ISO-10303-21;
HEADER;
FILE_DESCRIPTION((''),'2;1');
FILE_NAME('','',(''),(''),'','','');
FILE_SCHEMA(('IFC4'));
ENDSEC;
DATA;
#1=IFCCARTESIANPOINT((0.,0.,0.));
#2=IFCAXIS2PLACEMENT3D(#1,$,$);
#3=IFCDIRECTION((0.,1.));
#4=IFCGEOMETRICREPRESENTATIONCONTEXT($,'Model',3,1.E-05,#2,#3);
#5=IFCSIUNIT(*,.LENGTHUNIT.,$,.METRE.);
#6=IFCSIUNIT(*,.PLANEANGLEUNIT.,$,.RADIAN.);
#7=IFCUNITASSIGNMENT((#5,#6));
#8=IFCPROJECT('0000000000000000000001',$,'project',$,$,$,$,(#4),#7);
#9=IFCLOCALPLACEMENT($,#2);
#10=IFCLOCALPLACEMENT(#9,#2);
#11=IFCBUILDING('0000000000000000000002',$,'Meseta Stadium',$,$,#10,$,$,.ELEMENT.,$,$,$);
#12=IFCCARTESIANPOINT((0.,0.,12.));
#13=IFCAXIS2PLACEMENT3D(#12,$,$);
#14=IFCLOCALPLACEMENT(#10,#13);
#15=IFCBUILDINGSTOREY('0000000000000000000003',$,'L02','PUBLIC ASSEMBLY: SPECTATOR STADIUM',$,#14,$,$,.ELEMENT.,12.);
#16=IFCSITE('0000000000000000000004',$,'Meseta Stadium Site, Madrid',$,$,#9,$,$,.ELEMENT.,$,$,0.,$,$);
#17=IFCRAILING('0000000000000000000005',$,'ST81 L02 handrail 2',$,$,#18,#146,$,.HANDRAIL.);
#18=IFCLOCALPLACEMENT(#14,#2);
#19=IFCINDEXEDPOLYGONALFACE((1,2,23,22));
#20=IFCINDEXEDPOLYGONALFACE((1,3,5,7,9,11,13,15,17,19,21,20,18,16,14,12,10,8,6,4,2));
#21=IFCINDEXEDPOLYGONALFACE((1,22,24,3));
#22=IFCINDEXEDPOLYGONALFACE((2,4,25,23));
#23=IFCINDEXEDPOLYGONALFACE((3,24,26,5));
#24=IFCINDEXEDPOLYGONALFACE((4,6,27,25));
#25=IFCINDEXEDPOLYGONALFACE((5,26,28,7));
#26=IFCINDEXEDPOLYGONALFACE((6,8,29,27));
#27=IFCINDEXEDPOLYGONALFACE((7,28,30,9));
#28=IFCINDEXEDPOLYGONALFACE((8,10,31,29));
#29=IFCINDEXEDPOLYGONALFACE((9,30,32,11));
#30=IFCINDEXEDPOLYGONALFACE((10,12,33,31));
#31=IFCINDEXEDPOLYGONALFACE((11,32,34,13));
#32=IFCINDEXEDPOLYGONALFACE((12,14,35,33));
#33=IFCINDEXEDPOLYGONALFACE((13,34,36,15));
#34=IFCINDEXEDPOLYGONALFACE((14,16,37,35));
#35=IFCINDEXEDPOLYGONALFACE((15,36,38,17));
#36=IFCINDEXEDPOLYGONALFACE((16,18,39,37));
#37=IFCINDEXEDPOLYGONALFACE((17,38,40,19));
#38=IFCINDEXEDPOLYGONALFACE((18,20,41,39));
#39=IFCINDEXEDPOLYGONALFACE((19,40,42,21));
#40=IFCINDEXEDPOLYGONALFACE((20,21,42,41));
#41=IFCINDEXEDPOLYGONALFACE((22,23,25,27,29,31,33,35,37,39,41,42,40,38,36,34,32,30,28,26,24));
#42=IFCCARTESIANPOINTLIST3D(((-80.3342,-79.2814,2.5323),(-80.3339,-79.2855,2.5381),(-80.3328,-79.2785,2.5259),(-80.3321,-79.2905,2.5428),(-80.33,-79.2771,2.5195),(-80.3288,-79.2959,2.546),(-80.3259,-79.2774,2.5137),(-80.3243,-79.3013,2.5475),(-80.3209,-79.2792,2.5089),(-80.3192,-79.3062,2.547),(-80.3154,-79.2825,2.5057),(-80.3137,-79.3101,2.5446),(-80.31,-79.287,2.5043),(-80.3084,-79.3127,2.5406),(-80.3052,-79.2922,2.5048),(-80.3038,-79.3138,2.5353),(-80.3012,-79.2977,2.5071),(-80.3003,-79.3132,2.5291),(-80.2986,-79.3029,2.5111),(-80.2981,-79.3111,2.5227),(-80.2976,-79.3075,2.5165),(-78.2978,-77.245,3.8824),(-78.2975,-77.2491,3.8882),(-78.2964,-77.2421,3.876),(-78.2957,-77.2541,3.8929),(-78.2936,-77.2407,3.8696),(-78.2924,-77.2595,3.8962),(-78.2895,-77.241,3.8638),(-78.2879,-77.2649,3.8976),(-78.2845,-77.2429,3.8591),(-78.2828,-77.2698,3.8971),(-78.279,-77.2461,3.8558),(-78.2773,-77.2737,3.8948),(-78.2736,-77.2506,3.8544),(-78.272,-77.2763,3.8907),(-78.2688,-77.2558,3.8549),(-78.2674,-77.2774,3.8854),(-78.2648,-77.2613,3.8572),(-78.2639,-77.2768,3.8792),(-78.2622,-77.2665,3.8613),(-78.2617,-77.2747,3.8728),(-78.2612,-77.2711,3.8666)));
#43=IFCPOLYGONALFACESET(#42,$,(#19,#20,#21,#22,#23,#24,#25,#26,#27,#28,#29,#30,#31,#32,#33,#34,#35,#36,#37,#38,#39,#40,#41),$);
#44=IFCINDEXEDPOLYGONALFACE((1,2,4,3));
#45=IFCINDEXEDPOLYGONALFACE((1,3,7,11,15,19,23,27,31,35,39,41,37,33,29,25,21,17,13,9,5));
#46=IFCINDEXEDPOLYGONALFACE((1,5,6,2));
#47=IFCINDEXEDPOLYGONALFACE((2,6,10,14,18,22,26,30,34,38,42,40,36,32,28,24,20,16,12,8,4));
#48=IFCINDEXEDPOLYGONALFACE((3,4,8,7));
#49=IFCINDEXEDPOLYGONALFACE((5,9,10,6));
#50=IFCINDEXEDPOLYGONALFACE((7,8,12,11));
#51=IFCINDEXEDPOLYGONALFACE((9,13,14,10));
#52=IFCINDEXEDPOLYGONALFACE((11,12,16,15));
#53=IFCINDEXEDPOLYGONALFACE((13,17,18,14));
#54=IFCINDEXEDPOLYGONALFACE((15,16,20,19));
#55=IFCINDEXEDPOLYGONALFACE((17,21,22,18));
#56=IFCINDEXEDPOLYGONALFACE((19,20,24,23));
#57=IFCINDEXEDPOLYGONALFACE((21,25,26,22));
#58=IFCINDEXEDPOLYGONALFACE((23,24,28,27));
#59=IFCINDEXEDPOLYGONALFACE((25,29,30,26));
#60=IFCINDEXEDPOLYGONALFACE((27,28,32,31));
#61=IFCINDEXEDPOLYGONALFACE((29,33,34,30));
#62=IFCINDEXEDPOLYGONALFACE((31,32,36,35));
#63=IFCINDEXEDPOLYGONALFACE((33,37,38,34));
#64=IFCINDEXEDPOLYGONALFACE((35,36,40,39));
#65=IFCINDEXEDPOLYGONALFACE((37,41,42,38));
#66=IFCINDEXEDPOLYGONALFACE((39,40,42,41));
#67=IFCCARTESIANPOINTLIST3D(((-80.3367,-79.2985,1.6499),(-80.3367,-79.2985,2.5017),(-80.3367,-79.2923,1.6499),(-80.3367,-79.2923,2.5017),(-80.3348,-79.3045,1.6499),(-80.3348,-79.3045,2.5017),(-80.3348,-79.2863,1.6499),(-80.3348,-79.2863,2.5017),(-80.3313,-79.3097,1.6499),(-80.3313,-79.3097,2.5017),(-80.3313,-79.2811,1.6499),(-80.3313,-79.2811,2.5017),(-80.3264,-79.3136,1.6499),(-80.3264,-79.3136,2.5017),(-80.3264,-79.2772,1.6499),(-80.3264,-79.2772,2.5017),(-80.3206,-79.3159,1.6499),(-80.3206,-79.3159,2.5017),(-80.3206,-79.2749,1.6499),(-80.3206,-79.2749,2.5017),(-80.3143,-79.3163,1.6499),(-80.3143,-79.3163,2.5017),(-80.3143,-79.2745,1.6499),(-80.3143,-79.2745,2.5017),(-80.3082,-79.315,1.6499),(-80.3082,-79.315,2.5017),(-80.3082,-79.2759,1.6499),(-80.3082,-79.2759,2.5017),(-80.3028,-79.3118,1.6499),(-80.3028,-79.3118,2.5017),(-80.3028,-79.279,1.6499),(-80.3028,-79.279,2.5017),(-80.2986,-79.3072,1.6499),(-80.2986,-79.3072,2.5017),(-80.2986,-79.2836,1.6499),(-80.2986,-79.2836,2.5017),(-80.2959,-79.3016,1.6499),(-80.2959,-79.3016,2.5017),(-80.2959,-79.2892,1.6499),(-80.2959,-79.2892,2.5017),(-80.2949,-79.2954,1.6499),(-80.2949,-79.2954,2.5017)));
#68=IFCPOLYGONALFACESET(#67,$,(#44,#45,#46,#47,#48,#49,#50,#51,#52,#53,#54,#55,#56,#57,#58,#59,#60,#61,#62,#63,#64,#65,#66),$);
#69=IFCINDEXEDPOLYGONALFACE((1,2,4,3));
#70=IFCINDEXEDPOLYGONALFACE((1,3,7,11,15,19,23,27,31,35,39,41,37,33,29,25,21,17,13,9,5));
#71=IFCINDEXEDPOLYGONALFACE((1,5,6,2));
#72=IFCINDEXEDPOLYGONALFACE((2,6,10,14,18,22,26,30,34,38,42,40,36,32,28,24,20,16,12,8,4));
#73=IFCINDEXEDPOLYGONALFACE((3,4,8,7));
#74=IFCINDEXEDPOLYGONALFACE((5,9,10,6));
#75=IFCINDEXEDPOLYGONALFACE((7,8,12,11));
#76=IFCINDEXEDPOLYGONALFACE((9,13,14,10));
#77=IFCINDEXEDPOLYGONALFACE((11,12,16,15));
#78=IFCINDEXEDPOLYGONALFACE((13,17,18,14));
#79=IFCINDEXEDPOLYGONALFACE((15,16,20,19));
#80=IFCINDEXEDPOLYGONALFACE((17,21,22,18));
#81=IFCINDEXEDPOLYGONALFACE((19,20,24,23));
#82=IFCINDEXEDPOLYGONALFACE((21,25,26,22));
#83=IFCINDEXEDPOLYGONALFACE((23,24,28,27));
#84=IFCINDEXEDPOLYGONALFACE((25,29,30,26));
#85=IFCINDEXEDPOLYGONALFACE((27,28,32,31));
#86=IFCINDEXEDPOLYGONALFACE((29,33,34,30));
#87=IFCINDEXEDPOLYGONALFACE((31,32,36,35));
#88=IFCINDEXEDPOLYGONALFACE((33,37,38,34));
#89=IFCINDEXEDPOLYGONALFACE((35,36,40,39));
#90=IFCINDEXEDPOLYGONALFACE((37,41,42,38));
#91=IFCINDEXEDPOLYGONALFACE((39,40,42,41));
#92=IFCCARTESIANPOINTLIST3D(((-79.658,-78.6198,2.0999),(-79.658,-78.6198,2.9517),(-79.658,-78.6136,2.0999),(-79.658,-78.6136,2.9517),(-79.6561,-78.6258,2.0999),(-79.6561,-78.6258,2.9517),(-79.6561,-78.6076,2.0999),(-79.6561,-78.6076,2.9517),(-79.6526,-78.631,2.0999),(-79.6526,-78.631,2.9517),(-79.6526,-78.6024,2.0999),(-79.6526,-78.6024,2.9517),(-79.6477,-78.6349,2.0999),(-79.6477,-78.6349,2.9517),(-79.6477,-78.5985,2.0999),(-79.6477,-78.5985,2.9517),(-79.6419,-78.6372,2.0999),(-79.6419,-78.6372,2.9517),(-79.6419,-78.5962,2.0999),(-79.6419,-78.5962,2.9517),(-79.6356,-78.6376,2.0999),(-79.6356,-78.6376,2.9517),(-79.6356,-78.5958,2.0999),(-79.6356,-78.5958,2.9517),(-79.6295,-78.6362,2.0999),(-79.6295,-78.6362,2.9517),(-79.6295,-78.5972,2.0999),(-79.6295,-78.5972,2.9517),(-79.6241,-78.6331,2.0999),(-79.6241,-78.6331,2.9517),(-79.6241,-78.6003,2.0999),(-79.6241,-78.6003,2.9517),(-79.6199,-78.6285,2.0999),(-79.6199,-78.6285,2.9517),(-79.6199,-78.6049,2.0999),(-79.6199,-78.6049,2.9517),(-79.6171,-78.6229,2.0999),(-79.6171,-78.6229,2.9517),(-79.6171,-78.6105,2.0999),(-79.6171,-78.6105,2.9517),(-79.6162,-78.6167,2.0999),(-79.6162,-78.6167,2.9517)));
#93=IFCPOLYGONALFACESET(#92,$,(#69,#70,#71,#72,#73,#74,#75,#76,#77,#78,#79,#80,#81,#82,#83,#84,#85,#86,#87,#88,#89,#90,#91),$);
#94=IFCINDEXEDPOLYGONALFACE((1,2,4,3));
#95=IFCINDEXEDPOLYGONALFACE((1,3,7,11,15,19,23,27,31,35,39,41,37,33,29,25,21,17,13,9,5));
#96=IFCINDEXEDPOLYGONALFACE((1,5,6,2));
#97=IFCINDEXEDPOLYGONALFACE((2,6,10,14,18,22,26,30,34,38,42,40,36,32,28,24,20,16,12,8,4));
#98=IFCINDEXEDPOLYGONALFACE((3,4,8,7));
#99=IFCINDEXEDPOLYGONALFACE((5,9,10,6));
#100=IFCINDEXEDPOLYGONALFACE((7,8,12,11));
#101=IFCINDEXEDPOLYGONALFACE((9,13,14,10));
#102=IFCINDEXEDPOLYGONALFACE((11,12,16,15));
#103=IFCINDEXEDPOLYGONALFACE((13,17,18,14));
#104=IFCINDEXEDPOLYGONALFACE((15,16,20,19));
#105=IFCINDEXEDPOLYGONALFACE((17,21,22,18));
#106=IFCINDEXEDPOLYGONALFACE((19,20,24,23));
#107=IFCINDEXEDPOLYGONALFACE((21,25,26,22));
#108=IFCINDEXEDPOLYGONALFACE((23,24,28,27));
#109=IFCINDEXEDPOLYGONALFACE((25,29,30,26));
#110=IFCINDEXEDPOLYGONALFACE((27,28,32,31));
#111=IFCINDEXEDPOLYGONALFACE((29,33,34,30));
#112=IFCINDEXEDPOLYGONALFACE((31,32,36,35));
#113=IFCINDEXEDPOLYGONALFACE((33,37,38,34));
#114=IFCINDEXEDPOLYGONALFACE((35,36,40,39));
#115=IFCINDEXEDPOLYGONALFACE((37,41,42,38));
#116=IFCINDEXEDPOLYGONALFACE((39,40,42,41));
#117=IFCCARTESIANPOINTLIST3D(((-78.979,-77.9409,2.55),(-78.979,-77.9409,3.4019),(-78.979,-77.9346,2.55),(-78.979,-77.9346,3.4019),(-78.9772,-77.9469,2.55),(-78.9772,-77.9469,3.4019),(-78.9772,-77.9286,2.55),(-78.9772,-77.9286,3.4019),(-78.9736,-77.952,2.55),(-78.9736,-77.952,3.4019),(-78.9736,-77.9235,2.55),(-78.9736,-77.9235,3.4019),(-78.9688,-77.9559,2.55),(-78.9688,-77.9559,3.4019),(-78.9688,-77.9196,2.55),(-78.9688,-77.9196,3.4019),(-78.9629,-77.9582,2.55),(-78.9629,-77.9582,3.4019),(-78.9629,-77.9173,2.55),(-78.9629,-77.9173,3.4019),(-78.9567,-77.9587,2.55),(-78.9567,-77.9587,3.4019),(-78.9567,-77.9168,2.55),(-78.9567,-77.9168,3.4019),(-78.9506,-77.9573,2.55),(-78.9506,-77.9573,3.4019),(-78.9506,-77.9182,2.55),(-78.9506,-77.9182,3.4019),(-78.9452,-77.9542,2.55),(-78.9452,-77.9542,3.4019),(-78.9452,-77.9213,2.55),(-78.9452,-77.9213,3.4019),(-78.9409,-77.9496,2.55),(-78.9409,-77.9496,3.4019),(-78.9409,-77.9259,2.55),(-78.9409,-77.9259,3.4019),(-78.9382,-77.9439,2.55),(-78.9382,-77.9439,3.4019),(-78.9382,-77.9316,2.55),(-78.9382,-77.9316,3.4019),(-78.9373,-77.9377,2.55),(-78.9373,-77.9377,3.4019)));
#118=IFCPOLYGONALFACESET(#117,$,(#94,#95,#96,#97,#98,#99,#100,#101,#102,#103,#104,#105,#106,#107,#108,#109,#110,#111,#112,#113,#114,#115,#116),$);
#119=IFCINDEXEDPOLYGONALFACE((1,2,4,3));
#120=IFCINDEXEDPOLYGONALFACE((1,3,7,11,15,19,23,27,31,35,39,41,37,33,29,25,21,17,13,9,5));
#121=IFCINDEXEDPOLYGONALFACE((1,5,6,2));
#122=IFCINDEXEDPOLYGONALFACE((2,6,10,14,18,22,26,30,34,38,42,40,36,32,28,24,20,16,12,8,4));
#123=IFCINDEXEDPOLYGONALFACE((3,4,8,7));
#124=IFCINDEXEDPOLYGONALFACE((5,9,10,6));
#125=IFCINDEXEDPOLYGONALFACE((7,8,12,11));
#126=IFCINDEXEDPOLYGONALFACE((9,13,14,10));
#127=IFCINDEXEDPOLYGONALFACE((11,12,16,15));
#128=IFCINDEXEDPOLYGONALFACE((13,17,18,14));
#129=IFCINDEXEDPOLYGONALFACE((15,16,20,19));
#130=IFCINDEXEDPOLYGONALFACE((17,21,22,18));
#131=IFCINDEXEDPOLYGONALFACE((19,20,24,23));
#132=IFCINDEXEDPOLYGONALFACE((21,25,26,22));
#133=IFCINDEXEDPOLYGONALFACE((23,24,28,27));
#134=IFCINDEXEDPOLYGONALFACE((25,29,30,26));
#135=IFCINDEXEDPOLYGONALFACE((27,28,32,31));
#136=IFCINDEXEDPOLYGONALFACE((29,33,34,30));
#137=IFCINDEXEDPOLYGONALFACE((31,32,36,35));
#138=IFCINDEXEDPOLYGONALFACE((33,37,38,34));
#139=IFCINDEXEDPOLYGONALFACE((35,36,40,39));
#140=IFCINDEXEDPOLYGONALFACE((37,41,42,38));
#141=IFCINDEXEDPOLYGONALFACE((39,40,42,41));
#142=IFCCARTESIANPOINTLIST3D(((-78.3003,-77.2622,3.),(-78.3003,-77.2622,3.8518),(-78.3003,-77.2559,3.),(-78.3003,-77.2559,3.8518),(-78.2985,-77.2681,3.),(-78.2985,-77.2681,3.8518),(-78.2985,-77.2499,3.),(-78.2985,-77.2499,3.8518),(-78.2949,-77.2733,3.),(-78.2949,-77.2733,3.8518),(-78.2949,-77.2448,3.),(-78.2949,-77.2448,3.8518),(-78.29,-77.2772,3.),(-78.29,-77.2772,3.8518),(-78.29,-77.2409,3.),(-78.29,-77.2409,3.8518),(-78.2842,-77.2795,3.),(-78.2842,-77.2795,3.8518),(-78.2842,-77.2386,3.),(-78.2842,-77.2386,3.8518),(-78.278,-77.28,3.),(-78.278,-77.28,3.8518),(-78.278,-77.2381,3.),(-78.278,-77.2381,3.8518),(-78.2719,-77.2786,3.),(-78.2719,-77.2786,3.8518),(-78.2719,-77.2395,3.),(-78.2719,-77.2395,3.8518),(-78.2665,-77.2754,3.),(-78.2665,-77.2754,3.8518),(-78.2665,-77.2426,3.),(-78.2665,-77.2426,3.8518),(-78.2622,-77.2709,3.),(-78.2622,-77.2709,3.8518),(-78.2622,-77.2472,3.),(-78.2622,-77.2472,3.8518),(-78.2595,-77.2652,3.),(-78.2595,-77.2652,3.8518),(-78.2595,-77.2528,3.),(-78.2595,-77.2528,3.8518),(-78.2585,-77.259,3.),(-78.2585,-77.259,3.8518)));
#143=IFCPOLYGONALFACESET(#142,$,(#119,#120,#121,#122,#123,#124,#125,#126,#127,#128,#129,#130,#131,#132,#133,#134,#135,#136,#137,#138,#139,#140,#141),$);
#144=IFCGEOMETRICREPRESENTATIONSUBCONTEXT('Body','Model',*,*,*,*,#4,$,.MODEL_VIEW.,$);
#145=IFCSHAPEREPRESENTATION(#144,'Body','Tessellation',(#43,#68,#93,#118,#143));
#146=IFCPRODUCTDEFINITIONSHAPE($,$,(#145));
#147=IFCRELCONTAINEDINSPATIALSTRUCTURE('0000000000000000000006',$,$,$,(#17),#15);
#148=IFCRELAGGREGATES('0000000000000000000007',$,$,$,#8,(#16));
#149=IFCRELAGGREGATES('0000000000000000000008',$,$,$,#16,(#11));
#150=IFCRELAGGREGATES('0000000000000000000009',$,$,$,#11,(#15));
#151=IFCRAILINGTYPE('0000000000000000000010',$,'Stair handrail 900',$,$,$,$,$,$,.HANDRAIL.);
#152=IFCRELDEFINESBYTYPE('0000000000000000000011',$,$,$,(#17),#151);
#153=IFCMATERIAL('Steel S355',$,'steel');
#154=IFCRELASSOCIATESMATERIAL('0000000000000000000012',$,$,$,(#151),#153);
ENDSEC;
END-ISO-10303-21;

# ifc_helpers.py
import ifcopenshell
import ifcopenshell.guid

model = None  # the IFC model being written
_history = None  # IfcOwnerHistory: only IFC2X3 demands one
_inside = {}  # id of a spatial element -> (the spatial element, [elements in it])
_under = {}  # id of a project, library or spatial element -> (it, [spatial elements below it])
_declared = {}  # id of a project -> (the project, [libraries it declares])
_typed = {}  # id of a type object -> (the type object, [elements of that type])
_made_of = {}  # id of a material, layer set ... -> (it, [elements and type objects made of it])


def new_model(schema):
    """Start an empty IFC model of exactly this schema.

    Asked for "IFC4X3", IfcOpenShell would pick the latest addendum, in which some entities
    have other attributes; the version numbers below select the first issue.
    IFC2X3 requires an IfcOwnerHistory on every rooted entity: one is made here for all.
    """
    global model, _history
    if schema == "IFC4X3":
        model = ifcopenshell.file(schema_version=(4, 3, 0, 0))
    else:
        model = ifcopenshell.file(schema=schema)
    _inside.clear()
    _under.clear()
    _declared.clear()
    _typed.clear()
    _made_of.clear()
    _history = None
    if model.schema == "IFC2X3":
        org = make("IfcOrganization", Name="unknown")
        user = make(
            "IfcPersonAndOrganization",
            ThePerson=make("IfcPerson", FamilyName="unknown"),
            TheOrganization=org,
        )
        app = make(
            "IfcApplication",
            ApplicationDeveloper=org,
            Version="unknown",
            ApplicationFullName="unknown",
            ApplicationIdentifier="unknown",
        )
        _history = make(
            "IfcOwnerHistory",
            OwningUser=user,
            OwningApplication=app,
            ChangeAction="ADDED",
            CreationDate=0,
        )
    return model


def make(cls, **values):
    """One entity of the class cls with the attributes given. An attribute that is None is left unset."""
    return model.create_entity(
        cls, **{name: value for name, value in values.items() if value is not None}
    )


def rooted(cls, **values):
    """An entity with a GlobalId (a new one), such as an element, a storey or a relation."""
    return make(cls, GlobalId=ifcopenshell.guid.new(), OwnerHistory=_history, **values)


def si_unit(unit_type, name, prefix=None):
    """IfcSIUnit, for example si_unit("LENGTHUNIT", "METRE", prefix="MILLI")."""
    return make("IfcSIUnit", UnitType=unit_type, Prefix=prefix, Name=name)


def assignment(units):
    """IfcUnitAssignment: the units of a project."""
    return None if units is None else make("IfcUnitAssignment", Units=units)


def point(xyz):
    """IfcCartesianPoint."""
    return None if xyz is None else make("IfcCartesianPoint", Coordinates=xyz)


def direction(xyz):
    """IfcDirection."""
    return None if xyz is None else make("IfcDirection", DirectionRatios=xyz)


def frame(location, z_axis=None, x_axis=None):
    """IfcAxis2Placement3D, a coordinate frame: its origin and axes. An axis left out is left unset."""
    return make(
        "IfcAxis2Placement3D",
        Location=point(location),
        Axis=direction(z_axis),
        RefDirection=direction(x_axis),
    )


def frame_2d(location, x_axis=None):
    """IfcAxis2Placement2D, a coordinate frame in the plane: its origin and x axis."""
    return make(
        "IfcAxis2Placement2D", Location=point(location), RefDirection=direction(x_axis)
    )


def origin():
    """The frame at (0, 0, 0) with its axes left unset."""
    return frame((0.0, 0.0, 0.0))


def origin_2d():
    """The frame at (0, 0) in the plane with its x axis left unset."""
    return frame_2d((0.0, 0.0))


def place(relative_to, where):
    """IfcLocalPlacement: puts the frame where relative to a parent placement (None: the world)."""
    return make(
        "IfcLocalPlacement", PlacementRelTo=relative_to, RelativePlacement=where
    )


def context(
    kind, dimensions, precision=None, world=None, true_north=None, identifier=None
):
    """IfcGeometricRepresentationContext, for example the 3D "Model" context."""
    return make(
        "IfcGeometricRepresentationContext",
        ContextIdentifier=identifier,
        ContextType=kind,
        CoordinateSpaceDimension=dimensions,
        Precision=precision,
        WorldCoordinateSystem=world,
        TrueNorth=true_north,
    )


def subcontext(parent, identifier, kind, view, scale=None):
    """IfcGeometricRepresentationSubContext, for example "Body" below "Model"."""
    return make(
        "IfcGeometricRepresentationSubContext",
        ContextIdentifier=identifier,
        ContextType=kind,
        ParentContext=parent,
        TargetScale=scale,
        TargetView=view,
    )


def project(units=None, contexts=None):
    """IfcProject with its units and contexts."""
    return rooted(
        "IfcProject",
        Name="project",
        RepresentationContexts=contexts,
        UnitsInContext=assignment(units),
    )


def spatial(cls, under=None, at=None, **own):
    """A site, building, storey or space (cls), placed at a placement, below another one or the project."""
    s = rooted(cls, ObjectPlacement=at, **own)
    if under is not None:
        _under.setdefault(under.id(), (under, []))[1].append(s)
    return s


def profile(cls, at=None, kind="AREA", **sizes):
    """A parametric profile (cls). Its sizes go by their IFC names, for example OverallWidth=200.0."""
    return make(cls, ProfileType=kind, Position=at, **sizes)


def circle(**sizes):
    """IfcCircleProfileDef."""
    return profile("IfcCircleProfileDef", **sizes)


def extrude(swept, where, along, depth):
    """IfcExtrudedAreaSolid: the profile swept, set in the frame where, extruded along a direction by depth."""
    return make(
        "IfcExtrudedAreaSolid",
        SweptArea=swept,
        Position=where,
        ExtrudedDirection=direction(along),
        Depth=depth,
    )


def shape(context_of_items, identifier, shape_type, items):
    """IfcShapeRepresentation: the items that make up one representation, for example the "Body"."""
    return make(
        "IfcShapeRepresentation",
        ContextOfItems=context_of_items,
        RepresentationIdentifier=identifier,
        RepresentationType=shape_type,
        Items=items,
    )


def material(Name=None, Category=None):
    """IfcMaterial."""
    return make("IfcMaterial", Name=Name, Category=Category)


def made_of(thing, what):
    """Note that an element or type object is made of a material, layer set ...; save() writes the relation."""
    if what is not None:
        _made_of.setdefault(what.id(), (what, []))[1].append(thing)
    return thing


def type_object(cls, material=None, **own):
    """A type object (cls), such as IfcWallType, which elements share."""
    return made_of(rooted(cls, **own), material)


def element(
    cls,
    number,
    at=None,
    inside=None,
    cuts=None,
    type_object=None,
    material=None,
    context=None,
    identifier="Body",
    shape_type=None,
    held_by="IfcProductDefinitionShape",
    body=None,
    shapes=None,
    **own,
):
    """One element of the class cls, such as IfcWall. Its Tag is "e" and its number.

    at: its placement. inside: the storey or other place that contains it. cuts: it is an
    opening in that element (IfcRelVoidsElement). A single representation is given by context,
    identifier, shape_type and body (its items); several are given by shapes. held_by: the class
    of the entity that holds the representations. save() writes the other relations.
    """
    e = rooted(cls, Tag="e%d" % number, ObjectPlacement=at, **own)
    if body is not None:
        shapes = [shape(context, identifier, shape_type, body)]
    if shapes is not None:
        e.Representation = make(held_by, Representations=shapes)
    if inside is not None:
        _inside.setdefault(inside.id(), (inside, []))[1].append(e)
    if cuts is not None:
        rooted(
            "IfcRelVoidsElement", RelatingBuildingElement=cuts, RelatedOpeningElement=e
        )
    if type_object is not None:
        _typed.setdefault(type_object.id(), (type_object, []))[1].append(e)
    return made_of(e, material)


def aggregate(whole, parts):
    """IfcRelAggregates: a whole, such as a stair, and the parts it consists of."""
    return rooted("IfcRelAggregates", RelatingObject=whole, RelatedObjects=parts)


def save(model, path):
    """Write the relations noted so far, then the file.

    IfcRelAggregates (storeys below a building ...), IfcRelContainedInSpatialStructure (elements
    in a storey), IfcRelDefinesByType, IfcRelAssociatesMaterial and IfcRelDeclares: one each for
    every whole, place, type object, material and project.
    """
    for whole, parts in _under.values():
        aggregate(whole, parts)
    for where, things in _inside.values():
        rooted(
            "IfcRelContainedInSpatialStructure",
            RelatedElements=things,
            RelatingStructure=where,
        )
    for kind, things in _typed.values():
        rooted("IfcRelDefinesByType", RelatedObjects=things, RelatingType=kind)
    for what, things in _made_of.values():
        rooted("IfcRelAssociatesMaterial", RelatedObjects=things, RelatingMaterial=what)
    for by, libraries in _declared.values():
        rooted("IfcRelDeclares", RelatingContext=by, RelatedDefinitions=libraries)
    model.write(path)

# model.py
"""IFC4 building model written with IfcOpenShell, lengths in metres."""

from ifc_helpers import new_model, si_unit, direction, frame, origin, origin_2d, place, context, subcontext, project, spatial, circle, extrude, material, type_object, element, save


model = new_model("IFC4")

# Units and contexts
model_context = context("Model", 3, precision=1e-05, world=origin(), true_north=direction((0.0, 1.0)))
body_context = subcontext(model_context, "Body", "Model", "MODEL_VIEW")
ifc_project = project(units=[si_unit("LENGTHUNIT", "METRE"), si_unit("PLANEANGLEUNIT", "RADIAN")], contexts=[model_context])

# Site, building, storey
site_placement = place(None, origin())
site = spatial("IfcSite", under=ifc_project, at=site_placement, Name="Meseta Stadium Site, Madrid", CompositionType="ELEMENT", RefElevation=0.0)
building_placement = place(site_placement, origin())
building = spatial("IfcBuilding", under=site, at=building_placement, Name="Meseta Stadium", CompositionType="ELEMENT")
storey_placement = place(building_placement, frame((0.0, 0.0, 12.0)))
storey = spatial("IfcBuildingStorey", under=building, at=storey_placement, Name="L02", Description="PUBLIC ASSEMBLY: SPECTATOR STADIUM", CompositionType="ELEMENT", Elevation=12.0)

# Railing
ifc_material_1 = material(Name="Steel S355", Category="steel")
railing_type_1 = type_object("IfcRailingType", Name="Stair handrail 900", PredefinedType="HANDRAIL", material=ifc_material_1)
railing_1_placement = place(storey_placement, frame((-80.3159, -79.2954, 1.6499)))
element("IfcRailing", 1, at=railing_1_placement, inside=storey, type_object=railing_type_1, Name="ST81 L02 handrail 2", PredefinedType="HANDRAIL", context=body_context, shape_type="SweptSolid", body=[
    extrude(circle(Radius=0.0239, at=origin_2d()), frame((0.0, 0.0, 0.876), z_axis=(0.640243, 0.640243, 0.424475), x_axis=(-0.707107, 0.707107, 0.0)), (0.0, 0.0, 1.0), 3.1807),
    extrude(circle(Radius=0.021, at=origin_2d()), origin(), (0.0, 0.0, 1.0), 0.8518),
    extrude(circle(Radius=0.021, at=origin_2d()), frame((0.6787, 0.6787, 0.45)), (0.0, 0.0, 1.0), 0.8518),
    extrude(circle(Radius=0.021, at=origin_2d()), frame((1.3577, 1.3577, 0.9001)), (0.0, 0.0, 1.0), 0.8518),
    extrude(circle(Radius=0.021, at=origin_2d()), frame((2.0364, 2.0364, 1.3501)), (0.0, 0.0, 1.0), 0.8518),
])

save(model, "model.ifc")
